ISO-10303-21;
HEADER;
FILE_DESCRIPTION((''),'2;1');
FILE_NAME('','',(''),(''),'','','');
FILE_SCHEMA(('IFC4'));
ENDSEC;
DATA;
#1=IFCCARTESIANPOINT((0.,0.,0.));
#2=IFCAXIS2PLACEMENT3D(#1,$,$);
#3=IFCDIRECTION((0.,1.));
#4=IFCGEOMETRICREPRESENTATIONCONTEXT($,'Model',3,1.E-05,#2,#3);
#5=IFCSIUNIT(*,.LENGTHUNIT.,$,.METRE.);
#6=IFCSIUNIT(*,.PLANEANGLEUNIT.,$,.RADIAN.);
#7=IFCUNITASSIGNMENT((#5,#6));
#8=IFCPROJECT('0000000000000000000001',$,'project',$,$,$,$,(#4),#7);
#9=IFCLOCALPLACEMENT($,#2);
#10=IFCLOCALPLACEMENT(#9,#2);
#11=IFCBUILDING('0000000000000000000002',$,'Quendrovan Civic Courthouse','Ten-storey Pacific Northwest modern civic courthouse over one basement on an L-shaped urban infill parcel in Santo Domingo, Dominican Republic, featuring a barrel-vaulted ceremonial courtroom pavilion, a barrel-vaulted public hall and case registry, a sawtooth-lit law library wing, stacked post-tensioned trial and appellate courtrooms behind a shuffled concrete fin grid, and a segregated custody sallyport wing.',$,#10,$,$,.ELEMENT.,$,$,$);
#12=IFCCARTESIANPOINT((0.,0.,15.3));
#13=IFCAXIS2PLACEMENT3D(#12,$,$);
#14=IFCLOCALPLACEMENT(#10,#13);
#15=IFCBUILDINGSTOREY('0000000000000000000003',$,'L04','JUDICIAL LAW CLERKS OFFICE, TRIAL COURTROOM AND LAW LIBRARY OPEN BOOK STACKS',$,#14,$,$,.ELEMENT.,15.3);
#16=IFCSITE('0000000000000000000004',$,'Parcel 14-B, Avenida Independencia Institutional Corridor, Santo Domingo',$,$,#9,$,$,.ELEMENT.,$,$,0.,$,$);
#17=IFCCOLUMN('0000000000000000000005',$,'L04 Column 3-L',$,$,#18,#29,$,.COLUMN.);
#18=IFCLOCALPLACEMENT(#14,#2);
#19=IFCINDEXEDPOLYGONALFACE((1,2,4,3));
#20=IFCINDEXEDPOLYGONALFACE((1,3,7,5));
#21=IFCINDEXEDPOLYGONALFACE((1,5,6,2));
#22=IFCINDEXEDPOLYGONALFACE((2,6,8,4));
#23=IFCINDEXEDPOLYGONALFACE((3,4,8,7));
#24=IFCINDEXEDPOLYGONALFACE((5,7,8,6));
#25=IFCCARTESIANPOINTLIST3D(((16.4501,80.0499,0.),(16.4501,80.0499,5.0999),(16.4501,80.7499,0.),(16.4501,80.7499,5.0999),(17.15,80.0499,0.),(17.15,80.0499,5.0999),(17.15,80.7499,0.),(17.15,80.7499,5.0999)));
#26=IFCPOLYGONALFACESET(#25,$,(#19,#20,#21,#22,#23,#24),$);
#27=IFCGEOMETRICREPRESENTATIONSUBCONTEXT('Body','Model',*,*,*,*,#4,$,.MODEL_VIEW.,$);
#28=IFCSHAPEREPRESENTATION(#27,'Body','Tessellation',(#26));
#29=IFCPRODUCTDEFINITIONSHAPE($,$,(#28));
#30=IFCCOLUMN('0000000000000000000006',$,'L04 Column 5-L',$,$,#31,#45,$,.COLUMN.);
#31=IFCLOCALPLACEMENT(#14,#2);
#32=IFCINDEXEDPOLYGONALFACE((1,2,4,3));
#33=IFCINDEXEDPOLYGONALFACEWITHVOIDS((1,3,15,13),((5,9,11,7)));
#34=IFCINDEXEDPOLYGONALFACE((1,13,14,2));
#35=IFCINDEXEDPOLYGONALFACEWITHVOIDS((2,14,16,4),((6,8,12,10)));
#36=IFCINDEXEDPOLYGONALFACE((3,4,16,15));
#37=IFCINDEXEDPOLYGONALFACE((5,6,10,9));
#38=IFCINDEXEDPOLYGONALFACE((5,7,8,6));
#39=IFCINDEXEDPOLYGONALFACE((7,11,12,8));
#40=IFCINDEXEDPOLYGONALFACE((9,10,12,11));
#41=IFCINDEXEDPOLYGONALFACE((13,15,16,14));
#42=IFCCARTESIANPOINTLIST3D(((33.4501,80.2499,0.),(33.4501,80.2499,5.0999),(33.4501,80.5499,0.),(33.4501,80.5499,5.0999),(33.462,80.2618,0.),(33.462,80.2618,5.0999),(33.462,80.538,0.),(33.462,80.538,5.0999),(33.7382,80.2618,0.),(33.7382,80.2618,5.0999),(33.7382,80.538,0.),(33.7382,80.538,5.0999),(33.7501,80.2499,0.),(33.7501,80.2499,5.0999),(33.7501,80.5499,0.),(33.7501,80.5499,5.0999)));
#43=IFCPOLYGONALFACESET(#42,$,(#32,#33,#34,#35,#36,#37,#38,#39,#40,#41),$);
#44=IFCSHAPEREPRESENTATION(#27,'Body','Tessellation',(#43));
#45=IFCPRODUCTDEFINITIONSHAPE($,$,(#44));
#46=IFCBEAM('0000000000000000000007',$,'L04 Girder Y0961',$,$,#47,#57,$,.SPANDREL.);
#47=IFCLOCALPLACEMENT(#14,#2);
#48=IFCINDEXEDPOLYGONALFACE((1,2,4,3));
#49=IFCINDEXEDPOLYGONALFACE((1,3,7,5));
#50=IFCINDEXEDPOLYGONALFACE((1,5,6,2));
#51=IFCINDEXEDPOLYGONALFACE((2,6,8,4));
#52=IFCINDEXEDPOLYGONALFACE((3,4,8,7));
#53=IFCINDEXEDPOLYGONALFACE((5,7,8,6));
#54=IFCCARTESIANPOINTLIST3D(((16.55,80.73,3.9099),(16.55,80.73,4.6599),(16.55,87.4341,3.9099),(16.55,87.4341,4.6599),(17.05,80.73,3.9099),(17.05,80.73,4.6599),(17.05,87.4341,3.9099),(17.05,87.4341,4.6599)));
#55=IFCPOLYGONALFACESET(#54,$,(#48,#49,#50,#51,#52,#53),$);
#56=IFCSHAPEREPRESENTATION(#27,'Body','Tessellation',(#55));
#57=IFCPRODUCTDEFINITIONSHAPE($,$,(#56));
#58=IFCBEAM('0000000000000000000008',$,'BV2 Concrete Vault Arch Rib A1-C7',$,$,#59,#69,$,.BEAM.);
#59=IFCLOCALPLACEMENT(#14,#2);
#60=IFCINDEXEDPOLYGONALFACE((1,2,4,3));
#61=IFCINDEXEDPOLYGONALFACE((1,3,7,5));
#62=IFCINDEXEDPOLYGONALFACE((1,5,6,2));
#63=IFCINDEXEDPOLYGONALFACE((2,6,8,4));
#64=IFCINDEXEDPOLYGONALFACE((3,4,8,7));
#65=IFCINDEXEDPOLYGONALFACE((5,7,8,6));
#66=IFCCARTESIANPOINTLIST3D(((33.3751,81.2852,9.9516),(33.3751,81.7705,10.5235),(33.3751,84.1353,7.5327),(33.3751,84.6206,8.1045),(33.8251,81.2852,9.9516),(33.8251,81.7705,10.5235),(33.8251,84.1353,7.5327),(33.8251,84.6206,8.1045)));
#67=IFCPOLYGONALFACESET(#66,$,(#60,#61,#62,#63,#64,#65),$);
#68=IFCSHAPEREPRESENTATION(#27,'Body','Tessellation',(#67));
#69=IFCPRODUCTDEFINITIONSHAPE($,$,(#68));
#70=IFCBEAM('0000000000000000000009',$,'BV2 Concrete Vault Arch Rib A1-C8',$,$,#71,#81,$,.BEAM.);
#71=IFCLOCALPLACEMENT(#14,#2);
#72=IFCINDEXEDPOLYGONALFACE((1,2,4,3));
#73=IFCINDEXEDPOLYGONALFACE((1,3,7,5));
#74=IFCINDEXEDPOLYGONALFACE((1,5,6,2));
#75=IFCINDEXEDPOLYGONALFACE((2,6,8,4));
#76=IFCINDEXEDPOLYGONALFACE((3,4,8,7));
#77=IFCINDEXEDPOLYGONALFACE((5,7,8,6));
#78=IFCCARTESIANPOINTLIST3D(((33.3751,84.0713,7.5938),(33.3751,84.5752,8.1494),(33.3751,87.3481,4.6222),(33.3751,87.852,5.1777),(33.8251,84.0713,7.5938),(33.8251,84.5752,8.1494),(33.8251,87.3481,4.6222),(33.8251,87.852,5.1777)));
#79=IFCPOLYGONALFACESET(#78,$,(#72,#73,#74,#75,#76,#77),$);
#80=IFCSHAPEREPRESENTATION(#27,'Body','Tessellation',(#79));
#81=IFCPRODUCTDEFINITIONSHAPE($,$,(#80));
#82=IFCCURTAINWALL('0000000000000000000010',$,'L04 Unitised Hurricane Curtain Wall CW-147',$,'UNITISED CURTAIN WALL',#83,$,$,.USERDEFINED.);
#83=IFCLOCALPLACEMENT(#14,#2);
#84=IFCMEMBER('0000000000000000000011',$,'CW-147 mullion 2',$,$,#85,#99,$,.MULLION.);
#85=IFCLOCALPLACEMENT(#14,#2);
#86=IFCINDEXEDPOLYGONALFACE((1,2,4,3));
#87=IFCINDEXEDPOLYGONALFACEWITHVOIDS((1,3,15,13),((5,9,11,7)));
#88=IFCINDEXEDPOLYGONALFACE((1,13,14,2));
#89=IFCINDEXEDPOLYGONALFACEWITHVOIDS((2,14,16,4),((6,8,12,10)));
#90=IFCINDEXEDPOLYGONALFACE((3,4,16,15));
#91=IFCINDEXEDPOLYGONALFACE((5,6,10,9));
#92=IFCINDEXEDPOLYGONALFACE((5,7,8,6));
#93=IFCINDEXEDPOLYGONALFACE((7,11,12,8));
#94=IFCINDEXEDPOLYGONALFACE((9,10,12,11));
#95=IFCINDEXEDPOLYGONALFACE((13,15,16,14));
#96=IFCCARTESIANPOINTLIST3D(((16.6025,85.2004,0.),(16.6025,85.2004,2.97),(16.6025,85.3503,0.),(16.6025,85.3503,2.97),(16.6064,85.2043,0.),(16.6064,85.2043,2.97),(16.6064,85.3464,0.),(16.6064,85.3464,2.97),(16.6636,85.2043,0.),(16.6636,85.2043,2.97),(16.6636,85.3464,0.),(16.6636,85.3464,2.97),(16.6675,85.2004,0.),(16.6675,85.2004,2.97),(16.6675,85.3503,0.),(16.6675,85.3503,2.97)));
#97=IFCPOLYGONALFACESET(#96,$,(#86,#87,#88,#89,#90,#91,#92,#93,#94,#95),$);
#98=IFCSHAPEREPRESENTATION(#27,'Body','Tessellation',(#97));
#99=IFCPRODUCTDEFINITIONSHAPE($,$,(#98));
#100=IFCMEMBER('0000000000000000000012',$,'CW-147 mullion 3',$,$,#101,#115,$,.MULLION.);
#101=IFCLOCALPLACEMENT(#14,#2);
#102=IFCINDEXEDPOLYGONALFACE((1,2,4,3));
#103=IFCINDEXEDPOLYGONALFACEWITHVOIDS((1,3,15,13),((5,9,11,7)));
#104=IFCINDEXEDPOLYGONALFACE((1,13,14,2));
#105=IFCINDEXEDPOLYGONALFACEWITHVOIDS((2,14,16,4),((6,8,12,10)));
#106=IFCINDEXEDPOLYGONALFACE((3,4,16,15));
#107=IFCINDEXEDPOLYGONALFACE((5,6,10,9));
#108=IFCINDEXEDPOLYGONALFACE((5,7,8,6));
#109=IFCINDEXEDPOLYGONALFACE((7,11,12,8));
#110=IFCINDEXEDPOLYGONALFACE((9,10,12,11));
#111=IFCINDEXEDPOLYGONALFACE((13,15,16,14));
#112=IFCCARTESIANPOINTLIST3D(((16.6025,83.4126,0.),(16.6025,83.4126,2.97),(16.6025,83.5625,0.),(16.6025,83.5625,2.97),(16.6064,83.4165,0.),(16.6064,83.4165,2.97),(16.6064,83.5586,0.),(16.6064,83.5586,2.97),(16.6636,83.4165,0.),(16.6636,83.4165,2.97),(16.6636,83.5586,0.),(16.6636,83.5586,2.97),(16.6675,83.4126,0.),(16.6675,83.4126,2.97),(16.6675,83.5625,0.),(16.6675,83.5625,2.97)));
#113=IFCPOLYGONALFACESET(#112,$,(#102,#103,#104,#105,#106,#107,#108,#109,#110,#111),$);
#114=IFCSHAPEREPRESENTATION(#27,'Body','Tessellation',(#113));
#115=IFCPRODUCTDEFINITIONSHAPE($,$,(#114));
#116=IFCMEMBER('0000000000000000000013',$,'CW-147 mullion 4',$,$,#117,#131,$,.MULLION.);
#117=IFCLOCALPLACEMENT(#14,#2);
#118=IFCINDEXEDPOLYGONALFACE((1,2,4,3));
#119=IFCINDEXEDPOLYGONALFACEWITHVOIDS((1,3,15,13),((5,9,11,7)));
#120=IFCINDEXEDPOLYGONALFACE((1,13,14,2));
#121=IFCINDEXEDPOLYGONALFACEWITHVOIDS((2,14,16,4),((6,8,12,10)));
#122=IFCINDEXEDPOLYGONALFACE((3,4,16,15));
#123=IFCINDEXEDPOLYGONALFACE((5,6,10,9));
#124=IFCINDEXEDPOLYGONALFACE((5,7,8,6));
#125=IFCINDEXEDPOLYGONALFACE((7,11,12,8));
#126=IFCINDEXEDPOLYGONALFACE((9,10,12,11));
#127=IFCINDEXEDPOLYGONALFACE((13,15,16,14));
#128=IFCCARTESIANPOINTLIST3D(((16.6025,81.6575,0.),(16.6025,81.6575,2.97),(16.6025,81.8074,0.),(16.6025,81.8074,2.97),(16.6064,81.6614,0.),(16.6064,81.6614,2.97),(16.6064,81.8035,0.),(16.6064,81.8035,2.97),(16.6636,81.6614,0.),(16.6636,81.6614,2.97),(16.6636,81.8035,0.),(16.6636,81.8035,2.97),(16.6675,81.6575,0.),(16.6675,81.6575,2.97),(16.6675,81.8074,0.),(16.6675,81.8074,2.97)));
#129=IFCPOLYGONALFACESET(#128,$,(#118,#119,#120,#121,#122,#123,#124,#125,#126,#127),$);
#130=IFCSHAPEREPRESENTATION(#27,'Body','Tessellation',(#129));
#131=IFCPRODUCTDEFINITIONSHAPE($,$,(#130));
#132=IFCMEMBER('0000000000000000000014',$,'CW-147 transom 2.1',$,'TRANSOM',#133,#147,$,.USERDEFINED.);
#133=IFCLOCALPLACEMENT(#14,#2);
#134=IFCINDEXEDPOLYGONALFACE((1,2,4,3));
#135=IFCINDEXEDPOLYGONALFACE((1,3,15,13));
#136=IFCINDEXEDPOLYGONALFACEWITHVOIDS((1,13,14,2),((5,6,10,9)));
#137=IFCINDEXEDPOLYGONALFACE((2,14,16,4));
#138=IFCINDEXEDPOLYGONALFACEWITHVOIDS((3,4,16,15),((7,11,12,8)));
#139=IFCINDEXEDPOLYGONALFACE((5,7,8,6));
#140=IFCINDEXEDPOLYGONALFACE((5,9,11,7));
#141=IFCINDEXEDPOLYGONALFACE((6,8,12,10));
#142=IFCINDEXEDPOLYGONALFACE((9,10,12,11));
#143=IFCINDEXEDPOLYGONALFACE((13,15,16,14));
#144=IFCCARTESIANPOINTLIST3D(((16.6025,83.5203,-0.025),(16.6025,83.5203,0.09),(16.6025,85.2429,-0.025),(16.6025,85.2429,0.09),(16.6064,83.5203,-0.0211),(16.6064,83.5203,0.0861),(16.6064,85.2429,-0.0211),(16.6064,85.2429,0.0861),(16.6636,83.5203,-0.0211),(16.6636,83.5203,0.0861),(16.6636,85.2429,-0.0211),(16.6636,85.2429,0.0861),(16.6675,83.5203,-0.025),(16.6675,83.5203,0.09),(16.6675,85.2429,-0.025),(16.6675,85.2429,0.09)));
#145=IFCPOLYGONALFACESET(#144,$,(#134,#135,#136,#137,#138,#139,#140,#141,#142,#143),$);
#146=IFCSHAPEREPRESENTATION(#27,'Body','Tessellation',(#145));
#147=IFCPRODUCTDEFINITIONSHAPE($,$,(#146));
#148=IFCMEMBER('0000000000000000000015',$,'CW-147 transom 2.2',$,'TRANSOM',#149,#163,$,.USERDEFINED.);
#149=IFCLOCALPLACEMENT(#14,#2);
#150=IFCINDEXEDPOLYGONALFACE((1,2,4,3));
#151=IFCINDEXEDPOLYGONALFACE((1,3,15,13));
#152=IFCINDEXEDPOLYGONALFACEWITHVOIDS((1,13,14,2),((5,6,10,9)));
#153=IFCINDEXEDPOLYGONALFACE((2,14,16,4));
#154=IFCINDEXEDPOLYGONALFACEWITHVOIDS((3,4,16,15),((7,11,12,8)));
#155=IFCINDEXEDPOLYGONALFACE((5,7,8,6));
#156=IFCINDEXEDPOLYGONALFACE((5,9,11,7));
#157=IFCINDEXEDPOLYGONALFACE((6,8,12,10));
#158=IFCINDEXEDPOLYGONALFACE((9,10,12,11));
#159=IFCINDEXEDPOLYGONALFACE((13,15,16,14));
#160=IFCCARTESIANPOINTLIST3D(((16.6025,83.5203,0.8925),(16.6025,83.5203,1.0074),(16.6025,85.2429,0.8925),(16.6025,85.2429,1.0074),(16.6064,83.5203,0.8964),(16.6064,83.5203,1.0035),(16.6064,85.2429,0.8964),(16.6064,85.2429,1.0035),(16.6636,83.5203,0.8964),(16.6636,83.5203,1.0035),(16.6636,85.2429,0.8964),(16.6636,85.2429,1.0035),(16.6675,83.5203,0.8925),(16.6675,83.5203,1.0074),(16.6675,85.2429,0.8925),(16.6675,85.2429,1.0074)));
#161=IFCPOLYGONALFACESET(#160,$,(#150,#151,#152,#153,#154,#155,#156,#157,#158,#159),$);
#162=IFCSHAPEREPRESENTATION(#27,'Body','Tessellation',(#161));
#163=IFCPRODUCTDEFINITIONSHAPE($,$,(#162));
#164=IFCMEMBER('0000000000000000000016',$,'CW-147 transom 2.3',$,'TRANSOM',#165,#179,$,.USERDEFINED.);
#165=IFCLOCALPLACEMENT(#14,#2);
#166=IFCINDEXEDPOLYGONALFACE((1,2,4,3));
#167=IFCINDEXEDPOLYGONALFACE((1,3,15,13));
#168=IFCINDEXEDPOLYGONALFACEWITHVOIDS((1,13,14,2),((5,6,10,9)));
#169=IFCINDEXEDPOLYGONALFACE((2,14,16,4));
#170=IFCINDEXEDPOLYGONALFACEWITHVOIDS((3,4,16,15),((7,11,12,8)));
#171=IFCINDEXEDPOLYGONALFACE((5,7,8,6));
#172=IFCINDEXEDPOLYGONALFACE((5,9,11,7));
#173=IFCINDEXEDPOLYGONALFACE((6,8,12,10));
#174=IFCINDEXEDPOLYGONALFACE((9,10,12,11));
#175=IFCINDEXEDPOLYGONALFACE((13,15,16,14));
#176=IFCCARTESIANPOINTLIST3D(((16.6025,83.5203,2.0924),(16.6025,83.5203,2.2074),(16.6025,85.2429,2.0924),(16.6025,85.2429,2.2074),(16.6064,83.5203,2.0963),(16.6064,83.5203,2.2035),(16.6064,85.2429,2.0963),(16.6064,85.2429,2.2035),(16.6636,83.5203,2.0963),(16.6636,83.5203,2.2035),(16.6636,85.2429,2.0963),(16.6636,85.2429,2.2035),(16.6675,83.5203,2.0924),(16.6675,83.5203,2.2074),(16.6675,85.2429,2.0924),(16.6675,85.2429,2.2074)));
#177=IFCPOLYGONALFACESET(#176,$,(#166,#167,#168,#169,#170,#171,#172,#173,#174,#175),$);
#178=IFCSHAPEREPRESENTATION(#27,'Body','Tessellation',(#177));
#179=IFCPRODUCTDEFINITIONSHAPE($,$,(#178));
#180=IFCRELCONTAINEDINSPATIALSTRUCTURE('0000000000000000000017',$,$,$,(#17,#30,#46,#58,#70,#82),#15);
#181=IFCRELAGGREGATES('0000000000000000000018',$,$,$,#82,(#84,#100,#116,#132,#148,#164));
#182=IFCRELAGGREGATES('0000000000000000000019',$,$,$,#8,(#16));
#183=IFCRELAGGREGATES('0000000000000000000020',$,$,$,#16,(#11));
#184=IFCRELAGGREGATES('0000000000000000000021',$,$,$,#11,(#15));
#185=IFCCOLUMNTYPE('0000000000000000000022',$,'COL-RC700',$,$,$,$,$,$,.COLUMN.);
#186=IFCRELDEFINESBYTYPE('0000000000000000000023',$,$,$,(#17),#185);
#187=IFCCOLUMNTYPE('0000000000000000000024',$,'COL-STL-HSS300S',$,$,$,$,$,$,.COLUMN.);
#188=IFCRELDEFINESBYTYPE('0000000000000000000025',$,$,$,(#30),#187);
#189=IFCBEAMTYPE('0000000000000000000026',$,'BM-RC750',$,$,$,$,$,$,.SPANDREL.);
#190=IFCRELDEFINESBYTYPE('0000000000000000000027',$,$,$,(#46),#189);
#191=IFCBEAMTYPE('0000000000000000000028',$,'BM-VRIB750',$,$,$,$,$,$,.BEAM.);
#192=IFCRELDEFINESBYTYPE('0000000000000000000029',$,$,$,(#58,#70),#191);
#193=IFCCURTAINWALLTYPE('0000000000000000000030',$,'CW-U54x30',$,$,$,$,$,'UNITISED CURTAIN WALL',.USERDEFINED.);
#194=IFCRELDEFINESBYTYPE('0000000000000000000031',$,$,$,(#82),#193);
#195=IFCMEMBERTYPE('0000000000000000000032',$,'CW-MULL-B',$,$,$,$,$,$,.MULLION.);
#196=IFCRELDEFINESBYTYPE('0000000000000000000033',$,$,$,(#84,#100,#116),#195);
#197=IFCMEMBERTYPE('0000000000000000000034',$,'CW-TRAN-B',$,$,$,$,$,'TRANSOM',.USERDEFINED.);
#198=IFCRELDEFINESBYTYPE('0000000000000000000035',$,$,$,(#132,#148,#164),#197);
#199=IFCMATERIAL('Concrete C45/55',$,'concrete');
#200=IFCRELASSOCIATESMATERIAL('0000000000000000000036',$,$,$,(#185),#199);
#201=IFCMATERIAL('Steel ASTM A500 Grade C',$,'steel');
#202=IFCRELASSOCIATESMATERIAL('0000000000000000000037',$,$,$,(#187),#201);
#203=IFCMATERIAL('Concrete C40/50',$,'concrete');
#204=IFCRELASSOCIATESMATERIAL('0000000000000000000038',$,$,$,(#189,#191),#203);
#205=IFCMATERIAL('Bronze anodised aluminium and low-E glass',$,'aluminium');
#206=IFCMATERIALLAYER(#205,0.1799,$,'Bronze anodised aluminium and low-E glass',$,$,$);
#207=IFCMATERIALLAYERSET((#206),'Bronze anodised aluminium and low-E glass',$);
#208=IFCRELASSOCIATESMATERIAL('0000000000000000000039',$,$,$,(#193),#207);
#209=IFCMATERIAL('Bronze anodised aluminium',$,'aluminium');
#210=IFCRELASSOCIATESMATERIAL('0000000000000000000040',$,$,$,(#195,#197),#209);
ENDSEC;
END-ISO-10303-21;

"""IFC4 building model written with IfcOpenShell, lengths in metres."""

from ifc_helpers import new_model, si_unit, direction, frame, origin, origin_2d, place, context, subcontext, project, spatial, rectangle, hollow_rectangle, extrude, material, layer, layer_set, material_profile, profile_set, type_object, element, aggregate, save


model = new_model("IFC4")

# Units and contexts
model_context = context("Model", 3, precision=1e-05, world=origin(), true_north=direction((0.0, 1.0)))
body_context = subcontext(model_context, "Body", "Model", "MODEL_VIEW")
ifc_project = project(units=[si_unit("LENGTHUNIT", "METRE"), si_unit("PLANEANGLEUNIT", "RADIAN")], contexts=[model_context])

# Site, building, storey
site_placement = place(None, origin())
site = spatial("IfcSite", under=ifc_project, at=site_placement, Name="Parcel 14-B, Avenida Independencia Institutional Corridor, Santo Domingo", CompositionType="ELEMENT", RefElevation=0.0)
building_placement = place(site_placement, origin())
building = spatial("IfcBuilding", under=site, at=building_placement, Name="Quendrovan Civic Courthouse", Description="Ten-storey Pacific Northwest modern civic courthouse over one basement on an L-shaped urban infill parcel in Santo Domingo, Dominican Republic, featuring a barrel-vaulted ceremonial courtroom pavilion, a barrel-vaulted public hall and case registry, a sawtooth-lit law library wing, stacked post-tensioned trial and appellate courtrooms behind a shuffled concrete fin grid, and a segregated custody sallyport wing.", CompositionType="ELEMENT")
storey_placement = place(building_placement, frame((0.0, 0.0, 15.3)))
storey = spatial("IfcBuildingStorey", under=building, at=storey_placement, Name="L04", Description="JUDICIAL LAW CLERKS OFFICE, TRIAL COURTROOM AND LAW LIBRARY OPEN BOOK STACKS", CompositionType="ELEMENT", Elevation=15.3)

# Columns
ifc_material_1 = material(Name="Concrete C45/55", Category="concrete")
ifc_material_profile_1 = material_profile(ifc_material_1, rectangle(XDim=0.7, YDim=0.7, at=origin_2d()), Name="RC-COL-700x700")
ifc_profile_set_1 = profile_set([ifc_material_profile_1], Name="Concrete C45/55")
column_type_1 = type_object("IfcColumnType", Name="COL-RC700", PredefinedType="COLUMN", material=ifc_profile_set_1)
column_1_placement = place(storey_placement, frame((16.8, 80.3999, 0.0), z_axis=(0.0, 0.0, 1.0), x_axis=(1.0, 0.0, 0.0)))
element("IfcColumn", 1, at=column_1_placement, inside=storey, type_object=column_type_1, Name="L04 Column 3-L", PredefinedType="COLUMN", context=body_context, shape_type="SweptSolid", body=[
    extrude(rectangle(XDim=0.7, YDim=0.7, at=origin_2d()), origin(), (0.0, 0.0, 1.0), 5.0999),
])
ifc_material_2 = material(Name="Steel ASTM A500 Grade C", Category="steel")
ifc_material_profile_2 = material_profile(ifc_material_2, hollow_rectangle(XDim=0.3, YDim=0.3, WallThickness=0.012, at=origin_2d()), Name="HSS300x300x12")
ifc_profile_set_2 = profile_set([ifc_material_profile_2], Name="Steel ASTM A500 Grade C")
column_type_2 = type_object("IfcColumnType", Name="COL-STL-HSS300S", PredefinedType="COLUMN", material=ifc_profile_set_2)
column_2_placement = place(storey_placement, frame((33.6001, 80.3999, 0.0), z_axis=(0.0, 0.0, 1.0), x_axis=(1.0, 0.0, 0.0)))
element("IfcColumn", 2, at=column_2_placement, inside=storey, type_object=column_type_2, Name="L04 Column 5-L", PredefinedType="COLUMN", context=body_context, shape_type="SweptSolid", body=[
    extrude(hollow_rectangle(XDim=0.3, YDim=0.3, WallThickness=0.012, at=origin_2d()), origin(), (0.0, 0.0, 1.0), 5.0999),
])

# Beams
ifc_material_3 = material(Name="Concrete C40/50", Category="concrete")
ifc_material_profile_3 = material_profile(ifc_material_3, rectangle(XDim=0.5, YDim=0.75, at=origin_2d()), Name="RC-BM-500x750")
ifc_profile_set_3 = profile_set([ifc_material_profile_3], Name="Concrete C40/50")
beam_type_1 = type_object("IfcBeamType", Name="BM-RC750", PredefinedType="SPANDREL", material=ifc_profile_set_3)
beam_1_placement = place(storey_placement, frame((16.8, 80.73, 4.2849), z_axis=(0.0, 1.0, 0.0), x_axis=(-1.0, 0.0, 0.0)))
element("IfcBeam", 3, at=beam_1_placement, inside=storey, type_object=beam_type_1, Name="L04 Girder Y0961", PredefinedType="SPANDREL", context=body_context, shape_type="SweptSolid", body=[
    extrude(rectangle(XDim=0.5, YDim=0.75, at=origin_2d()), origin(), (0.0, 0.0, 1.0), 6.7041),
])
ifc_material_profile_4 = material_profile(ifc_material_3, rectangle(XDim=0.45, YDim=0.75, at=origin_2d()), Name="RC-VRIB-450x750")
ifc_profile_set_4 = profile_set([ifc_material_profile_4], Name="Concrete C40/50")
beam_type_2 = type_object("IfcBeamType", Name="BM-VRIB750", PredefinedType="BEAM", material=ifc_profile_set_4)
beam_2_placement = place(storey_placement, frame((33.6001, 81.5278, 10.2375), z_axis=(0.0, 0.762419, -0.647083), x_axis=(-1.0, 0.0, 0.0)))
element("IfcBeam", 4, at=beam_2_placement, inside=storey, type_object=beam_type_2, Name="BV2 Concrete Vault Arch Rib A1-C7", PredefinedType="BEAM", context=body_context, shape_type="SweptSolid", body=[
    extrude(rectangle(XDim=0.45, YDim=0.75, at=origin_2d()), origin(), (0.0, 0.0, 1.0), 3.7383),
])
beam_3_placement = place(storey_placement, frame((33.6001, 84.3232, 7.8716), z_axis=(0.0, 0.740759, -0.671771), x_axis=(-1.0, 0.0, 0.0)))
element("IfcBeam", 5, at=beam_3_placement, inside=storey, type_object=beam_type_2, Name="BV2 Concrete Vault Arch Rib A1-C8", PredefinedType="BEAM", context=body_context, shape_type="SweptSolid", body=[
    extrude(rectangle(XDim=0.45, YDim=0.75, at=origin_2d()), origin(), (0.0, 0.0, 1.0), 4.4236),
])

# Curtain wall, members
ifc_material_4 = material(Name="Bronze anodised aluminium and low-E glass", Category="aluminium")
ifc_layer_1 = layer(ifc_material_4, 0.1799, Name="Bronze anodised aluminium and low-E glass")
ifc_layer_set_1 = layer_set([ifc_layer_1], Name="Bronze anodised aluminium and low-E glass")
curtain_wall_type = type_object("IfcCurtainWallType", Name="CW-U54x30", ElementType="UNITISED CURTAIN WALL", PredefinedType="USERDEFINED", material=ifc_layer_set_1)
curtain_wall_placement = place(storey_placement, origin())
curtain_wall = element("IfcCurtainWall", 6, at=curtain_wall_placement, inside=storey, type_object=curtain_wall_type, Name="L04 Unitised Hurricane Curtain Wall CW-147", ObjectType="UNITISED CURTAIN WALL", PredefinedType="USERDEFINED")
ifc_material_5 = material(Name="Bronze anodised aluminium", Category="aluminium")
ifc_material_profile_5 = material_profile(ifc_material_5, hollow_rectangle(XDim=0.0649, YDim=0.1499, WallThickness=0.0039, at=origin_2d()), Name="CW-MULL-65x150")
ifc_profile_set_5 = profile_set([ifc_material_profile_5], Name="Bronze anodised aluminium")
member_type_1 = type_object("IfcMemberType", Name="CW-MULL-B", PredefinedType="MULLION", material=ifc_profile_set_5)
member_1_placement = place(storey_placement, frame((16.635, 85.2754, 0.0), z_axis=(0.0, 0.0, 1.0), x_axis=(1.0, 0.0, 0.0)))
member_1 = element("IfcMember", 7, at=member_1_placement, type_object=member_type_1, Name="CW-147 mullion 2", PredefinedType="MULLION", context=body_context, shape_type="SweptSolid", body=[
    extrude(hollow_rectangle(XDim=0.0649, YDim=0.1499, WallThickness=0.0039, at=origin_2d()), origin(), (0.0, 0.0, 1.0), 2.97),
])
member_2_placement = place(storey_placement, frame((16.635, 83.4875, 0.0), z_axis=(0.0, 0.0, 1.0), x_axis=(1.0, 0.0, 0.0)))
member_2 = element("IfcMember", 8, at=member_2_placement, type_object=member_type_1, Name="CW-147 mullion 3", PredefinedType="MULLION", context=body_context, shape_type="SweptSolid", body=[
    extrude(hollow_rectangle(XDim=0.0649, YDim=0.1499, WallThickness=0.0039, at=origin_2d()), origin(), (0.0, 0.0, 1.0), 2.97),
])
member_3_placement = place(storey_placement, frame((16.635, 81.7324, 0.0), z_axis=(0.0, 0.0, 1.0), x_axis=(1.0, 0.0, 0.0)))
member_3 = element("IfcMember", 9, at=member_3_placement, type_object=member_type_1, Name="CW-147 mullion 4", PredefinedType="MULLION", context=body_context, shape_type="SweptSolid", body=[
    extrude(hollow_rectangle(XDim=0.0649, YDim=0.1499, WallThickness=0.0039, at=origin_2d()), origin(), (0.0, 0.0, 1.0), 2.97),
])
ifc_material_profile_6 = material_profile(ifc_material_5, hollow_rectangle(XDim=0.0649, YDim=0.115, WallThickness=0.0039, at=origin_2d()), Name="CW-TRAN-65x115")
ifc_profile_set_6 = profile_set([ifc_material_profile_6], Name="Bronze anodised aluminium")
member_type_2 = type_object("IfcMemberType", Name="CW-TRAN-B", ElementType="TRANSOM", PredefinedType="USERDEFINED", material=ifc_profile_set_6)
member_4_placement = place(storey_placement, frame((16.635, 85.2429, 0.0325), z_axis=(0.0, -1.0, 0.0), x_axis=(1.0, 0.0, 0.0)))
member_4 = element("IfcMember", 10, at=member_4_placement, type_object=member_type_2, Name="CW-147 transom 2.1", ObjectType="TRANSOM", PredefinedType="USERDEFINED", context=body_context, shape_type="SweptSolid", body=[
    extrude(hollow_rectangle(XDim=0.0649, YDim=0.115, WallThickness=0.0039, at=origin_2d()), origin(), (0.0, 0.0, 1.0), 1.7227),
])
member_5_placement = place(storey_placement, frame((16.635, 85.2429, 0.95), z_axis=(0.0, -1.0, 0.0), x_axis=(1.0, 0.0, 0.0)))
member_5 = element("IfcMember", 11, at=member_5_placement, type_object=member_type_2, Name="CW-147 transom 2.2", ObjectType="TRANSOM", PredefinedType="USERDEFINED", context=body_context, shape_type="SweptSolid", body=[
    extrude(hollow_rectangle(XDim=0.0649, YDim=0.115, WallThickness=0.0039, at=origin_2d()), origin(), (0.0, 0.0, 1.0), 1.7227),
])
member_6_placement = place(storey_placement, frame((16.635, 85.2429, 2.1499), z_axis=(0.0, -1.0, 0.0), x_axis=(1.0, 0.0, 0.0)))
member_6 = element("IfcMember", 12, at=member_6_placement, type_object=member_type_2, Name="CW-147 transom 2.3", ObjectType="TRANSOM", PredefinedType="USERDEFINED", context=body_context, shape_type="SweptSolid", body=[
    extrude(hollow_rectangle(XDim=0.0649, YDim=0.115, WallThickness=0.0039, at=origin_2d()), origin(), (0.0, 0.0, 1.0), 1.7227),
])

aggregate(curtain_wall, [member_1, member_2, member_3, member_4, member_5, member_6])

save(model, "model.ifc")
